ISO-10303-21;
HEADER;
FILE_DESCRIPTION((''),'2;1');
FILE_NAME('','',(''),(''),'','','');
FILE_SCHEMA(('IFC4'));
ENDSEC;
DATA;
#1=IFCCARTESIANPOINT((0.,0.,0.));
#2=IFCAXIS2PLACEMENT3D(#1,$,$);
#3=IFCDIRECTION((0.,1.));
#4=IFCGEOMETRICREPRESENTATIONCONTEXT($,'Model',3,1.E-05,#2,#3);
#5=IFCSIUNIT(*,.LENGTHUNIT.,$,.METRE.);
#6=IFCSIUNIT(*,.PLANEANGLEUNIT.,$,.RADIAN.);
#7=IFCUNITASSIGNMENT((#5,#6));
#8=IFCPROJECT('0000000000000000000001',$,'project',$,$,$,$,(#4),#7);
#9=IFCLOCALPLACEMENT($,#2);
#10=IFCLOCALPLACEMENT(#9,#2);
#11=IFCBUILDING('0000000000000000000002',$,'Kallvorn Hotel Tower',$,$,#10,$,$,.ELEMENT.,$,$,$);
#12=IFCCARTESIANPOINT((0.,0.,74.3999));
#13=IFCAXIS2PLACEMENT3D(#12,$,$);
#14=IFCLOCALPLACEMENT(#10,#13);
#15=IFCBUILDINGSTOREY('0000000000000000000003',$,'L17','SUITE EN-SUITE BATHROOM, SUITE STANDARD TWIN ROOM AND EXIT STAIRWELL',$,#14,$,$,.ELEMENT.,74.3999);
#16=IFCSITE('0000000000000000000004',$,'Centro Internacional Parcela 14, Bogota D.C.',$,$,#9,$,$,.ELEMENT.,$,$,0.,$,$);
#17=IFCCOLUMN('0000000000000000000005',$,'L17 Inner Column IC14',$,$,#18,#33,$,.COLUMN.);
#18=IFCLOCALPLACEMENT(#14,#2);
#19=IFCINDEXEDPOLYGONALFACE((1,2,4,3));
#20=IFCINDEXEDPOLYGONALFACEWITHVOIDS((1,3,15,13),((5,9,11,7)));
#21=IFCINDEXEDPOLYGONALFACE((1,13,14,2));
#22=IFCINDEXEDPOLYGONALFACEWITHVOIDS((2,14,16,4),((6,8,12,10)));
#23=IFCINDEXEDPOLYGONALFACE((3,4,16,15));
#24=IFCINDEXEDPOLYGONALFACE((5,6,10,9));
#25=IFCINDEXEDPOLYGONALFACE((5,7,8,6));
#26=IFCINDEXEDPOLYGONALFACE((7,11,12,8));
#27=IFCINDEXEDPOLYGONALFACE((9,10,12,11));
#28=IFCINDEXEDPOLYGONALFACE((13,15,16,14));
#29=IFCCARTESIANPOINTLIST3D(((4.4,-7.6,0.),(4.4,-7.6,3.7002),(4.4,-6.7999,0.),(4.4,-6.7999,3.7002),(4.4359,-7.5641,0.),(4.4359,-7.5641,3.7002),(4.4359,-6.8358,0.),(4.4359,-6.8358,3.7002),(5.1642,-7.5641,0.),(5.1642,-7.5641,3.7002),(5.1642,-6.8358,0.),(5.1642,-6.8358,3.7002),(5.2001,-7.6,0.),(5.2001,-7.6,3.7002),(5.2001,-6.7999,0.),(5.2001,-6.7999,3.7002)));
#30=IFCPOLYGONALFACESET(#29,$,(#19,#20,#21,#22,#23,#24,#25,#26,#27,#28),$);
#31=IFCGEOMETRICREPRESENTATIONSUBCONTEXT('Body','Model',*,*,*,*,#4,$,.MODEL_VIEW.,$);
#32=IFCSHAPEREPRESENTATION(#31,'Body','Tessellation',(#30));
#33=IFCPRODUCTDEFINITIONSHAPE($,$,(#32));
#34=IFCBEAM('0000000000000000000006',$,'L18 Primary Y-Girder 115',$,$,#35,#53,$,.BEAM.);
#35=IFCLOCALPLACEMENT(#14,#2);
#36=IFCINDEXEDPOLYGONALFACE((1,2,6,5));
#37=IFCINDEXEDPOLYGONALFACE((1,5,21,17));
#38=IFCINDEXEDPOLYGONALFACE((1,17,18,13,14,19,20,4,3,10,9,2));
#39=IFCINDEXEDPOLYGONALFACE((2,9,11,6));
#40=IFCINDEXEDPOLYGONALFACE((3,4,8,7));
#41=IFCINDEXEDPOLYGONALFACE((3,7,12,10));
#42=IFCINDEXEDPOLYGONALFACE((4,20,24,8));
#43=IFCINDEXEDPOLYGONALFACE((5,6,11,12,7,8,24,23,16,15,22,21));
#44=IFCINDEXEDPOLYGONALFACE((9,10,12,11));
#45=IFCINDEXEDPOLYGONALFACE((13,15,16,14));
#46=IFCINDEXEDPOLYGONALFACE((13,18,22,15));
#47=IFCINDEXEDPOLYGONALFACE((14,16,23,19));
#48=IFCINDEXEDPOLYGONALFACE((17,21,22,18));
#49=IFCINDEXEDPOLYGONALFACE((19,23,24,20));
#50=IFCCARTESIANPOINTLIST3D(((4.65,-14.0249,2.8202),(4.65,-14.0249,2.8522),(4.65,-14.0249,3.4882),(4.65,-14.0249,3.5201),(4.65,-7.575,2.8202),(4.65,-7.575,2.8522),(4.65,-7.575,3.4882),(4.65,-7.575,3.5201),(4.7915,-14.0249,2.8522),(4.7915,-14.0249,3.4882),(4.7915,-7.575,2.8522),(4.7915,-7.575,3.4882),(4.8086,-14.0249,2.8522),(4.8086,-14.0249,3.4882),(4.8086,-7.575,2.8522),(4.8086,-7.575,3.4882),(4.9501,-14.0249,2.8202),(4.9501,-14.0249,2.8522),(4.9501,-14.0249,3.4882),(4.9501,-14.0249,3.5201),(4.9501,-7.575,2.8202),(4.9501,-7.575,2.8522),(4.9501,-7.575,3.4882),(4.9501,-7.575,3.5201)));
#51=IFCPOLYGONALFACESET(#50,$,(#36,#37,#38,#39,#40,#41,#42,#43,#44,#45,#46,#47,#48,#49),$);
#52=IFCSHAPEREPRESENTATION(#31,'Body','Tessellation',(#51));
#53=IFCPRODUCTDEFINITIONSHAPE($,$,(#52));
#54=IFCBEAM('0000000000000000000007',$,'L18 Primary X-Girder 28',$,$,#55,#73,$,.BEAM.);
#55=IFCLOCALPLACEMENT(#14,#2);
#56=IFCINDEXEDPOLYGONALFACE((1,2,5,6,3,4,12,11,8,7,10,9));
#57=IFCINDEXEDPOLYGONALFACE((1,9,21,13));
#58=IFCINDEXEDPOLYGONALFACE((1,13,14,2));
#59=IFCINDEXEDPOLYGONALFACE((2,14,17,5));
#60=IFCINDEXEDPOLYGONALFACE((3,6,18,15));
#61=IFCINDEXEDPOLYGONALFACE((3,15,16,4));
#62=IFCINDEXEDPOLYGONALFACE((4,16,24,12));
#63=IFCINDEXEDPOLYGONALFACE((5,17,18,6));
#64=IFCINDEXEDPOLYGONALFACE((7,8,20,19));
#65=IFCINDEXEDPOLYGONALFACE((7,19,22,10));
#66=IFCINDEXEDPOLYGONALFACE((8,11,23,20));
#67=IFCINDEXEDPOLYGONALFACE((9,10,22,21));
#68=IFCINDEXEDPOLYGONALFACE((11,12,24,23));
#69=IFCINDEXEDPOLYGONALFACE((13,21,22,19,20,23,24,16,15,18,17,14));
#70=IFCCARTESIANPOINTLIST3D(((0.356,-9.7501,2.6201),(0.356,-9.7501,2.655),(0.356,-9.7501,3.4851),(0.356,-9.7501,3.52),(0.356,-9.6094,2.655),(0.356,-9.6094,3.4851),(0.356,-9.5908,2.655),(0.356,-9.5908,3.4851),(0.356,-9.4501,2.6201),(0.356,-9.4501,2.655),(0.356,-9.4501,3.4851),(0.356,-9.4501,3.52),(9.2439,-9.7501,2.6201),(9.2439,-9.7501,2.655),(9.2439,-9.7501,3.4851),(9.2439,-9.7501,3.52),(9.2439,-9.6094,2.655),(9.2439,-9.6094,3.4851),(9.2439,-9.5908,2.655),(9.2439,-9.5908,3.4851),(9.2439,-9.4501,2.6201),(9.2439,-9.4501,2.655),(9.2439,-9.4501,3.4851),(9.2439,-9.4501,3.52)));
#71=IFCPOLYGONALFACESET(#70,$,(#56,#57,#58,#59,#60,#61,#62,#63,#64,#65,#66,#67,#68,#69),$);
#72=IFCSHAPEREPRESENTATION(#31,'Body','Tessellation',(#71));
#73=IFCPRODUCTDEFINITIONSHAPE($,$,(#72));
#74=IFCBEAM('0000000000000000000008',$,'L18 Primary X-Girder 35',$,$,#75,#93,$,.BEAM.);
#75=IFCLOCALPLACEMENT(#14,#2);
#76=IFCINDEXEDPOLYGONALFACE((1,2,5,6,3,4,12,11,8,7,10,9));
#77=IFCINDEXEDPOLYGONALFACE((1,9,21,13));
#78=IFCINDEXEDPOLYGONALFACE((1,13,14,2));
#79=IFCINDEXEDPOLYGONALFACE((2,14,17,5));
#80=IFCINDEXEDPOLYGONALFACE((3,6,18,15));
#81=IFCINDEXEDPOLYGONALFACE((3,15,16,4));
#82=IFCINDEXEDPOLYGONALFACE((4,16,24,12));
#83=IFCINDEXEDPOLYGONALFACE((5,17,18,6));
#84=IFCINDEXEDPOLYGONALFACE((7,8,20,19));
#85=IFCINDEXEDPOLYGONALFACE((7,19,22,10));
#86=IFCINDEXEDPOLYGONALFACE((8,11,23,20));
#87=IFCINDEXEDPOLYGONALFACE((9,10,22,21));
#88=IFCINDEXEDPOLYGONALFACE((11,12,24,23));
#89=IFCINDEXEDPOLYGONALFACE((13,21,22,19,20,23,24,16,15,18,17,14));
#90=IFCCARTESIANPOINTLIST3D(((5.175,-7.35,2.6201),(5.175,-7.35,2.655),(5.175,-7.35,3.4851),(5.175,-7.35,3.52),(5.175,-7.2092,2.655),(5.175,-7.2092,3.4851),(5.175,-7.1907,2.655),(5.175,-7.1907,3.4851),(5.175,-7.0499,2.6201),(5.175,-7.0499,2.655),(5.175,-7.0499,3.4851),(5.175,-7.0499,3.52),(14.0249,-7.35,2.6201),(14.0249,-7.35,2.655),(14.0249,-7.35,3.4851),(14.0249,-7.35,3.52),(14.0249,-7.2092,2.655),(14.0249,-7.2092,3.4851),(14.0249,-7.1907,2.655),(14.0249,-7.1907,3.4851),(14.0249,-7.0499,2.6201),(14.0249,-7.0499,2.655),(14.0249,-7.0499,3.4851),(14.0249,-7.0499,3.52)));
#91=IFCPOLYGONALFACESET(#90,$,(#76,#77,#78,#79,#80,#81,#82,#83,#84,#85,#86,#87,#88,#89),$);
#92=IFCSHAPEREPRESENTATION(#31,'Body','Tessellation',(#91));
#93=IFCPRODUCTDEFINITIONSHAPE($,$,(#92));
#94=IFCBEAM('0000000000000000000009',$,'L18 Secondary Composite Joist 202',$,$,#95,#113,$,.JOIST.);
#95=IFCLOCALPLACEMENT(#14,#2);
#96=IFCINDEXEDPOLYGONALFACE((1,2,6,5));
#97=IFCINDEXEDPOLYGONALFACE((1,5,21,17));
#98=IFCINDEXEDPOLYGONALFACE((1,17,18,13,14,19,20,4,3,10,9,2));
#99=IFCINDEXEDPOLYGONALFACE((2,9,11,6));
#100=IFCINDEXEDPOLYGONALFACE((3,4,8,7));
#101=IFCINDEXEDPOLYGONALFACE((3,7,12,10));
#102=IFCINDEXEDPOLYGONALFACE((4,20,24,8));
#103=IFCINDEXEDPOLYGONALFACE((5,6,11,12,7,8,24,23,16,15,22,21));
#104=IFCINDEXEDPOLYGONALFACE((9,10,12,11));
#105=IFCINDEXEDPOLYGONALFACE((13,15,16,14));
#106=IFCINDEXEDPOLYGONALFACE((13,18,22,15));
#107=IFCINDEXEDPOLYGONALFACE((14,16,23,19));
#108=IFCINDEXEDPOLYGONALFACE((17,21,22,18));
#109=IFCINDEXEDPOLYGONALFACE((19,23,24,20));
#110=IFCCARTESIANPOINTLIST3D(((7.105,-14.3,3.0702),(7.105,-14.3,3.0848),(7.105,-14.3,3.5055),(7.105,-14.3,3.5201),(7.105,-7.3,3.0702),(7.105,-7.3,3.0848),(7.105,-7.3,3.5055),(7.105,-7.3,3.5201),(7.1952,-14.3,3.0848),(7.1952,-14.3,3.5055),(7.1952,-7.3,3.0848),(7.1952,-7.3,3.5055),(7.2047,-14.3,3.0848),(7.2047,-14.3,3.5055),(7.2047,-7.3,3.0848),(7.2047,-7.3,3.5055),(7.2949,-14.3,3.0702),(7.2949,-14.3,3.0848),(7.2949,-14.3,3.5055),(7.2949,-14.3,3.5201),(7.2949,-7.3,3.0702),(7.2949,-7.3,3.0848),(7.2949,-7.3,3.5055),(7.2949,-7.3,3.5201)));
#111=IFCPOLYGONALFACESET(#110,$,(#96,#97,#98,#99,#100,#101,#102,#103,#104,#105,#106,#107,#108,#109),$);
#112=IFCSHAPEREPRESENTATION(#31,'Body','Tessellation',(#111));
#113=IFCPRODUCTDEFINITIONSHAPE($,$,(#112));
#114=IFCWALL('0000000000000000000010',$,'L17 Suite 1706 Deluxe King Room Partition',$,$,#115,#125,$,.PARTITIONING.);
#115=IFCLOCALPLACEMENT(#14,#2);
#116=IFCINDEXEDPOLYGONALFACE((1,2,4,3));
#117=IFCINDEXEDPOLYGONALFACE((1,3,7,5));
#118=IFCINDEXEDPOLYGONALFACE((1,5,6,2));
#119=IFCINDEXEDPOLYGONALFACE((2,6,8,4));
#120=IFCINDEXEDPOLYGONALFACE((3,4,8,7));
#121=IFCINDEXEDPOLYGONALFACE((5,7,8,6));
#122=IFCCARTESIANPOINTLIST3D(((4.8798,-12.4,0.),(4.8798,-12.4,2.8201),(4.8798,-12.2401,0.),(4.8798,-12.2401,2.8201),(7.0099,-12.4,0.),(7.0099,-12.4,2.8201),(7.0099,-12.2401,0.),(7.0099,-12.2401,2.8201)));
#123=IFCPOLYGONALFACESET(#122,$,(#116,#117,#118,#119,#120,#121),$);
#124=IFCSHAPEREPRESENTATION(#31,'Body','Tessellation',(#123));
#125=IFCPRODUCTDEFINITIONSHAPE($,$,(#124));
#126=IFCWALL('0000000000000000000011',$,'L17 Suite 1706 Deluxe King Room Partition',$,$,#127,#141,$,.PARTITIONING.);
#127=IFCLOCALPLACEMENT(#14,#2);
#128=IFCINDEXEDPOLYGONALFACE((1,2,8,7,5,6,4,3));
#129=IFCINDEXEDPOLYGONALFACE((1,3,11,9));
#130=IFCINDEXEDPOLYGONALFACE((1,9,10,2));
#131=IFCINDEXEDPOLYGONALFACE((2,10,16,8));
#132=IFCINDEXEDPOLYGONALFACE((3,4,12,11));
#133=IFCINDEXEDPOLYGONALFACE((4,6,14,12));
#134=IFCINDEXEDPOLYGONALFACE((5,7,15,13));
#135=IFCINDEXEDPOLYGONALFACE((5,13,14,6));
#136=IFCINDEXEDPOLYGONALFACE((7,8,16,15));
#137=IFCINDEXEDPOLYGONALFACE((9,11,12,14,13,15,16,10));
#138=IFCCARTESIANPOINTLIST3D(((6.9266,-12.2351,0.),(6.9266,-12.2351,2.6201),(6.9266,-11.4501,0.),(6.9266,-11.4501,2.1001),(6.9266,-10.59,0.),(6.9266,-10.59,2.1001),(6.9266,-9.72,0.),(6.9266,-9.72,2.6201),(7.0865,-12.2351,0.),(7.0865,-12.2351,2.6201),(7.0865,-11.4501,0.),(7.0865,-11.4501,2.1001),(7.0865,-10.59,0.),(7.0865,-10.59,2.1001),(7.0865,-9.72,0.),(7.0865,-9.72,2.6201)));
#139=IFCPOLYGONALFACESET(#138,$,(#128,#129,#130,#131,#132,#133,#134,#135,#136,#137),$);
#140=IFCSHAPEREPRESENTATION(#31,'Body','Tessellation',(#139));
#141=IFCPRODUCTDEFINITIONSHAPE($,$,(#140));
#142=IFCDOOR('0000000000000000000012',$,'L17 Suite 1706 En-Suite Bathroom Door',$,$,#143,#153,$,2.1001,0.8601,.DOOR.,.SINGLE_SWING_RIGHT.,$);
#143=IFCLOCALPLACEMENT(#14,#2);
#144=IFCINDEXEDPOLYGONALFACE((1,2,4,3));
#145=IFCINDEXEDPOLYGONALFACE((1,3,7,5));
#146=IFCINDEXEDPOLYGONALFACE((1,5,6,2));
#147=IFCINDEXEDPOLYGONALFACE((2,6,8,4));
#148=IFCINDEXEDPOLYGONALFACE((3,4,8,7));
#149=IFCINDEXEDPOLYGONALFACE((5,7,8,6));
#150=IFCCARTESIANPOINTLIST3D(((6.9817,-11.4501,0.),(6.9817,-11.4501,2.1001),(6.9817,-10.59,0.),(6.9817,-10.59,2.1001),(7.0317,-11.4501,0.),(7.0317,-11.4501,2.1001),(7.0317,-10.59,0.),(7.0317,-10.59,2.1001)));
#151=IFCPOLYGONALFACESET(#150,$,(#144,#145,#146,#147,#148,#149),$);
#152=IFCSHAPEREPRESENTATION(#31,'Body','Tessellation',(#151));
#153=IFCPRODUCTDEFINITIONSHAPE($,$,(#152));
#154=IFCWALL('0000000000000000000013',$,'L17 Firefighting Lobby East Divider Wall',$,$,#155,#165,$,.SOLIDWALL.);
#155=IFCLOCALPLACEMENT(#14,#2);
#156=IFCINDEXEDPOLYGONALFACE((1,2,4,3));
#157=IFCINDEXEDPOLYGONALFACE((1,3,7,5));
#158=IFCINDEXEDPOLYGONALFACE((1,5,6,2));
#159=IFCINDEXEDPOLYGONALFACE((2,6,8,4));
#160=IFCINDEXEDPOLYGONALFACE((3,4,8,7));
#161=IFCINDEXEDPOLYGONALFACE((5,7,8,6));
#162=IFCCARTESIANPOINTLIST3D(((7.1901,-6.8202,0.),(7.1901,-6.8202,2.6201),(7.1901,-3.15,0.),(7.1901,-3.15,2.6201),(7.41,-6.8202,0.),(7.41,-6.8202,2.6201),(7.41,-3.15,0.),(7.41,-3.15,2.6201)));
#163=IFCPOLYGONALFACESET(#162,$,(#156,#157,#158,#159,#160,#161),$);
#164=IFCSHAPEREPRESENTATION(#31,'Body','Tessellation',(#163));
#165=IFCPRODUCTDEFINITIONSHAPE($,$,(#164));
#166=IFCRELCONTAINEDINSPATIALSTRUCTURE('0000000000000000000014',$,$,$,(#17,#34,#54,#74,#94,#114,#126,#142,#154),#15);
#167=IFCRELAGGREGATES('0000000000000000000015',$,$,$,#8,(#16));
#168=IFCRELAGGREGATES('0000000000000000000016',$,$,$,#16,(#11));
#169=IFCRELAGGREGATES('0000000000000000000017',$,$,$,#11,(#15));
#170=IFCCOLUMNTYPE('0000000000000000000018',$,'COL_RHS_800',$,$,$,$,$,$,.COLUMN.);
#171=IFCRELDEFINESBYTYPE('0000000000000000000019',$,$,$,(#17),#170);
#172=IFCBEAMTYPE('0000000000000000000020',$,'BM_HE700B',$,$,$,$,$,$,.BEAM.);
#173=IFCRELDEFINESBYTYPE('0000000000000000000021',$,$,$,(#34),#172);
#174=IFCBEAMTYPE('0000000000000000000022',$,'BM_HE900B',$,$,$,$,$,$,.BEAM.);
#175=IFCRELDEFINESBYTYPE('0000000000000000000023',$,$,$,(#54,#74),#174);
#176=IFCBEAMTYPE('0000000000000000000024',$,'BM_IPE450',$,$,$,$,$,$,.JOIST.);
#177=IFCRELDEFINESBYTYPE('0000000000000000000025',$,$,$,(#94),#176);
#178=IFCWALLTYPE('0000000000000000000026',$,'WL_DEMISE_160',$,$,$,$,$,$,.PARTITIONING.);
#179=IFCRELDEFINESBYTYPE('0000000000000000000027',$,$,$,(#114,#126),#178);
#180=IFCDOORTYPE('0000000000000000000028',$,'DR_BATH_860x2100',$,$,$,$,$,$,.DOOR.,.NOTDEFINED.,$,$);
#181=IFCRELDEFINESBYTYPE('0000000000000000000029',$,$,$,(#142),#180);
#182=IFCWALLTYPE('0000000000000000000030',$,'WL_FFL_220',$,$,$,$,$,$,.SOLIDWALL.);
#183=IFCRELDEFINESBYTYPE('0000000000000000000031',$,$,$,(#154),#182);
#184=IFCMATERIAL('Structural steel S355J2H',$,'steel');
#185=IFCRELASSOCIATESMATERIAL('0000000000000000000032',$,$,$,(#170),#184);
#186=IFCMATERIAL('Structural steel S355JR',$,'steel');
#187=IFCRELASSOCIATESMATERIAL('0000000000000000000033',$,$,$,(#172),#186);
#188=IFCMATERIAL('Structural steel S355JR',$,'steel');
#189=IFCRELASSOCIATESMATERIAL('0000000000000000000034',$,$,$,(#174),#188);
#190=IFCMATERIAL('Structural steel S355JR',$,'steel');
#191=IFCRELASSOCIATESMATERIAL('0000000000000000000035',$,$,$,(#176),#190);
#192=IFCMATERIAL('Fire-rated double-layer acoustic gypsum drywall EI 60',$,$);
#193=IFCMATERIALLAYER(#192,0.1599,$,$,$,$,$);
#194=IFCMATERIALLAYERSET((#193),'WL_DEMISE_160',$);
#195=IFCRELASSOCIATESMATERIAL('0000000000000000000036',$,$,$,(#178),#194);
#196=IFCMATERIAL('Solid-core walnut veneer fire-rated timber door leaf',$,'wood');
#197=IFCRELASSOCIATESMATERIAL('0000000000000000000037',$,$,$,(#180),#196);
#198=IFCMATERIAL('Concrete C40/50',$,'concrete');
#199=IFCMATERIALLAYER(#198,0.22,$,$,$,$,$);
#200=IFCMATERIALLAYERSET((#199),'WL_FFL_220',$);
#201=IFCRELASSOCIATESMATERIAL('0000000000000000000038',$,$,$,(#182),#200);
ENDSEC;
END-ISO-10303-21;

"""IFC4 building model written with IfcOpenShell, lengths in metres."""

from ifc_helpers import new_model, si_unit, direction, frame, frame_2d, origin, origin_2d, place, context, subcontext, project, spatial, rectangle, hollow_rectangle, i_section, extrude, material, layer, layer_set, material_profile, profile_set, type_object, element, fill, save


model = new_model("IFC4")

# Units and contexts
model_context = context("Model", 3, precision=1e-05, world=origin(), true_north=direction((0.0, 1.0)))
body_context = subcontext(model_context, "Body", "Model", "MODEL_VIEW")
ifc_project = project(units=[si_unit("LENGTHUNIT", "METRE"), si_unit("PLANEANGLEUNIT", "RADIAN")], contexts=[model_context])

# Site, building, storey
site_placement = place(None, origin())
site = spatial("IfcSite", under=ifc_project, at=site_placement, Name="Centro Internacional Parcela 14, Bogota D.C.", CompositionType="ELEMENT", RefElevation=0.0)
building_placement = place(site_placement, origin())
building = spatial("IfcBuilding", under=site, at=building_placement, Name="Kallvorn Hotel Tower", CompositionType="ELEMENT")
storey_placement = place(building_placement, frame((0.0, 0.0, 74.3999)))
storey = spatial("IfcBuildingStorey", under=building, at=storey_placement, Name="L17", Description="SUITE EN-SUITE BATHROOM, SUITE STANDARD TWIN ROOM AND EXIT STAIRWELL", CompositionType="ELEMENT", Elevation=74.3999)

# Column
ifc_material_1 = material(Name="Structural steel S355J2H", Category="steel")
ifc_material_profile_1 = material_profile(ifc_material_1, hollow_rectangle(XDim=0.8, YDim=0.8, WallThickness=0.0359, at=origin_2d()), Name="RHS 800x800x36")
ifc_profile_set_1 = profile_set([ifc_material_profile_1], Name="Structural steel S355J2H")
column_type = type_object("IfcColumnType", Name="COL_RHS_800", PredefinedType="COLUMN", material=ifc_profile_set_1)
column_placement = place(storey_placement, frame((4.8, -7.2, 0.0), z_axis=(0.0, 0.0, 1.0), x_axis=(1.0, 0.0, 0.0)))
element("IfcColumn", 1, at=column_placement, inside=storey, type_object=column_type, Name="L17 Inner Column IC14", PredefinedType="COLUMN", context=body_context, shape_type="SweptSolid", body=[
    extrude(hollow_rectangle(XDim=0.8, YDim=0.8, WallThickness=0.0359, at=origin_2d()), origin(), (0.0, 0.0, 1.0), 3.7002),
])

# Beams
ifc_material_2 = material(Name="Structural steel S355JR", Category="steel")
ifc_material_profile_2 = material_profile(ifc_material_2, i_section(OverallWidth=0.3, OverallDepth=0.7, WebThickness=0.0171, FlangeThickness=0.032, at=origin_2d()), Name="HE 700 B")
ifc_profile_set_2 = profile_set([ifc_material_profile_2], Name="Structural steel S355JR")
beam_type_1 = type_object("IfcBeamType", Name="BM_HE700B", PredefinedType="BEAM", material=ifc_profile_set_2)
beam_1_placement = place(storey_placement, frame((4.8, -14.0249, 3.1702), z_axis=(0.0, 1.0, 0.0), x_axis=(-1.0, 0.0, 0.0)))
element("IfcBeam", 2, at=beam_1_placement, inside=storey, type_object=beam_type_1, Name="L18 Primary Y-Girder 115", PredefinedType="BEAM", context=body_context, shape_type="SweptSolid", body=[
    extrude(i_section(OverallWidth=0.3, OverallDepth=0.7, WebThickness=0.0171, FlangeThickness=0.032, at=origin_2d()), origin(), (0.0, 0.0, 1.0), 6.45),
])
ifc_material_3 = material(Name="Structural steel S355JR", Category="steel")
ifc_material_profile_3 = material_profile(ifc_material_3, i_section(OverallWidth=0.3, OverallDepth=0.8999, WebThickness=0.0186, FlangeThickness=0.0349, at=origin_2d()), Name="HE 900 B")
ifc_profile_set_3 = profile_set([ifc_material_profile_3], Name="Structural steel S355JR")
beam_type_2 = type_object("IfcBeamType", Name="BM_HE900B", PredefinedType="BEAM", material=ifc_profile_set_3)
beam_2_placement = place(storey_placement, frame((0.356, -9.6001, 3.0701), z_axis=(1.0, 0.0, 0.0), x_axis=(0.0, 1.0, 0.0)))
element("IfcBeam", 3, at=beam_2_placement, inside=storey, type_object=beam_type_2, Name="L18 Primary X-Girder 28", PredefinedType="BEAM", context=body_context, shape_type="SweptSolid", body=[
    extrude(i_section(OverallWidth=0.3, OverallDepth=0.8999, WebThickness=0.0186, FlangeThickness=0.0349, at=origin_2d()), origin(), (0.0, 0.0, 1.0), 8.8879),
])
beam_3_placement = place(storey_placement, frame((5.175, -7.2, 3.0701), z_axis=(1.0, 0.0, 0.0), x_axis=(0.0, 1.0, 0.0)))
element("IfcBeam", 4, at=beam_3_placement, inside=storey, type_object=beam_type_2, Name="L18 Primary X-Girder 35", PredefinedType="BEAM", context=body_context, shape_type="SweptSolid", body=[
    extrude(i_section(OverallWidth=0.3, OverallDepth=0.8999, WebThickness=0.0186, FlangeThickness=0.0349, at=origin_2d()), origin(), (0.0, 0.0, 1.0), 8.8499),
])
ifc_material_4 = material(Name="Structural steel S355JR", Category="steel")
ifc_material_profile_4 = material_profile(ifc_material_4, i_section(OverallWidth=0.1899, OverallDepth=0.45, WebThickness=0.0095, FlangeThickness=0.0146, at=origin_2d()), Name="IPE 450")
ifc_profile_set_4 = profile_set([ifc_material_profile_4], Name="Structural steel S355JR")
beam_type_3 = type_object("IfcBeamType", Name="BM_IPE450", PredefinedType="JOIST", material=ifc_profile_set_4)
beam_4_placement = place(storey_placement, frame((7.2, -14.3, 3.2952), z_axis=(0.0, 1.0, 0.0), x_axis=(-1.0, 0.0, 0.0)))
element("IfcBeam", 5, at=beam_4_placement, inside=storey, type_object=beam_type_3, Name="L18 Secondary Composite Joist 202", PredefinedType="JOIST", context=body_context, shape_type="SweptSolid", body=[
    extrude(i_section(OverallWidth=0.1899, OverallDepth=0.45, WebThickness=0.0095, FlangeThickness=0.0146, at=origin_2d()), origin(), (0.0, 0.0, 1.0), 7.0),
])

# Wall
ifc_material_5 = material(Name="Fire-rated double-layer acoustic gypsum drywall EI 60")
ifc_layer_1 = layer(ifc_material_5, 0.1599)
ifc_layer_set_1 = layer_set([ifc_layer_1], Name="WL_DEMISE_160")
wall_type_1 = type_object("IfcWallType", Name="WL_DEMISE_160", PredefinedType="PARTITIONING", material=ifc_layer_set_1)
wall_1_placement = place(storey_placement, frame((4.8799, -12.3201, 0.0), z_axis=(0.0, 0.0, 1.0), x_axis=(1.0, 0.0, 0.0)))
element("IfcWall", 6, at=wall_1_placement, inside=storey, type_object=wall_type_1, Name="L17 Suite 1706 Deluxe King Room Partition", PredefinedType="PARTITIONING", context=body_context, shape_type="SweptSolid", body=[
    extrude(rectangle(XDim=2.1301, YDim=0.1599, at=frame_2d((1.0649, 0.0))), origin(), (0.0, 0.0, 1.0), 2.8201),
])

# Wall, opening, door
wall_2_placement = place(storey_placement, frame((7.0066, -12.2351, 0.0), z_axis=(0.0, 0.0, 1.0), x_axis=(0.0, 1.0, 0.0)))
wall_2 = element("IfcWall", 7, at=wall_2_placement, inside=storey, type_object=wall_type_1, Name="L17 Suite 1706 Deluxe King Room Partition", PredefinedType="PARTITIONING", context=body_context, shape_type="SweptSolid", body=[
    extrude(rectangle(XDim=2.5151, YDim=0.1599, at=frame_2d((1.2576, 0.0))), origin(), (0.0, 0.0, 1.0), 2.6201),
])
opening_1_placement = place(wall_2_placement, frame((0.7849, 0.0, 0.0)))
opening_1 = element("IfcOpeningElement", 8, at=opening_1_placement, cuts=wall_2, PredefinedType="OPENING", context=body_context, shape_type="SweptSolid", body=[
    extrude(rectangle(XDim=0.8601, YDim=2.1001, at=frame_2d((0.4302, 1.05))), frame((0.0, 0.095, 0.0), z_axis=(0.0, -1.0, 0.0), x_axis=(1.0, 0.0, 0.0)), (0.0, 0.0, 1.0), 0.1899),
])
ifc_material_6 = material(Name="Solid-core walnut veneer fire-rated timber door leaf", Category="wood")
door_type_1 = type_object("IfcDoorType", Name="DR_BATH_860x2100", OperationType="NOTDEFINED", PredefinedType="DOOR", material=ifc_material_6)
door_1_placement = place(opening_1_placement, origin())
door_1 = element("IfcDoor", 9, at=door_1_placement, inside=storey, type_object=door_type_1, Name="L17 Suite 1706 En-Suite Bathroom Door", OperationType="SINGLE_SWING_RIGHT", OverallHeight=2.1001, OverallWidth=0.8601, PredefinedType="DOOR", context=body_context, shape_type="SweptSolid", body=[
    extrude(rectangle(XDim=0.8601, YDim=2.1001, at=frame_2d((0.4302, 1.05))), frame((0.0, 0.0249, 0.0), z_axis=(0.0, -1.0, 0.0), x_axis=(1.0, 0.0, 0.0)), (0.0, 0.0, 1.0), 0.05),
])
fill(opening_1, door_1)

# Wall
ifc_material_7 = material(Name="Concrete C40/50", Category="concrete")
ifc_layer_2 = layer(ifc_material_7, 0.22)
ifc_layer_set_2 = layer_set([ifc_layer_2], Name="WL_FFL_220")
wall_type_2 = type_object("IfcWallType", Name="WL_FFL_220", PredefinedType="SOLIDWALL", material=ifc_layer_set_2)
wall_3_placement = place(storey_placement, frame((7.3, -6.8201, 0.0), z_axis=(0.0, 0.0, 1.0), x_axis=(0.0, 1.0, 0.0)))
element("IfcWall", 10, at=wall_3_placement, inside=storey, type_object=wall_type_2, Name="L17 Firefighting Lobby East Divider Wall", PredefinedType="SOLIDWALL", context=body_context, shape_type="SweptSolid", body=[
    extrude(rectangle(XDim=3.6702, YDim=0.22, at=frame_2d((1.835, 0.0))), origin(), (0.0, 0.0, 1.0), 2.6201),
])

save(model, "model.ifc")
